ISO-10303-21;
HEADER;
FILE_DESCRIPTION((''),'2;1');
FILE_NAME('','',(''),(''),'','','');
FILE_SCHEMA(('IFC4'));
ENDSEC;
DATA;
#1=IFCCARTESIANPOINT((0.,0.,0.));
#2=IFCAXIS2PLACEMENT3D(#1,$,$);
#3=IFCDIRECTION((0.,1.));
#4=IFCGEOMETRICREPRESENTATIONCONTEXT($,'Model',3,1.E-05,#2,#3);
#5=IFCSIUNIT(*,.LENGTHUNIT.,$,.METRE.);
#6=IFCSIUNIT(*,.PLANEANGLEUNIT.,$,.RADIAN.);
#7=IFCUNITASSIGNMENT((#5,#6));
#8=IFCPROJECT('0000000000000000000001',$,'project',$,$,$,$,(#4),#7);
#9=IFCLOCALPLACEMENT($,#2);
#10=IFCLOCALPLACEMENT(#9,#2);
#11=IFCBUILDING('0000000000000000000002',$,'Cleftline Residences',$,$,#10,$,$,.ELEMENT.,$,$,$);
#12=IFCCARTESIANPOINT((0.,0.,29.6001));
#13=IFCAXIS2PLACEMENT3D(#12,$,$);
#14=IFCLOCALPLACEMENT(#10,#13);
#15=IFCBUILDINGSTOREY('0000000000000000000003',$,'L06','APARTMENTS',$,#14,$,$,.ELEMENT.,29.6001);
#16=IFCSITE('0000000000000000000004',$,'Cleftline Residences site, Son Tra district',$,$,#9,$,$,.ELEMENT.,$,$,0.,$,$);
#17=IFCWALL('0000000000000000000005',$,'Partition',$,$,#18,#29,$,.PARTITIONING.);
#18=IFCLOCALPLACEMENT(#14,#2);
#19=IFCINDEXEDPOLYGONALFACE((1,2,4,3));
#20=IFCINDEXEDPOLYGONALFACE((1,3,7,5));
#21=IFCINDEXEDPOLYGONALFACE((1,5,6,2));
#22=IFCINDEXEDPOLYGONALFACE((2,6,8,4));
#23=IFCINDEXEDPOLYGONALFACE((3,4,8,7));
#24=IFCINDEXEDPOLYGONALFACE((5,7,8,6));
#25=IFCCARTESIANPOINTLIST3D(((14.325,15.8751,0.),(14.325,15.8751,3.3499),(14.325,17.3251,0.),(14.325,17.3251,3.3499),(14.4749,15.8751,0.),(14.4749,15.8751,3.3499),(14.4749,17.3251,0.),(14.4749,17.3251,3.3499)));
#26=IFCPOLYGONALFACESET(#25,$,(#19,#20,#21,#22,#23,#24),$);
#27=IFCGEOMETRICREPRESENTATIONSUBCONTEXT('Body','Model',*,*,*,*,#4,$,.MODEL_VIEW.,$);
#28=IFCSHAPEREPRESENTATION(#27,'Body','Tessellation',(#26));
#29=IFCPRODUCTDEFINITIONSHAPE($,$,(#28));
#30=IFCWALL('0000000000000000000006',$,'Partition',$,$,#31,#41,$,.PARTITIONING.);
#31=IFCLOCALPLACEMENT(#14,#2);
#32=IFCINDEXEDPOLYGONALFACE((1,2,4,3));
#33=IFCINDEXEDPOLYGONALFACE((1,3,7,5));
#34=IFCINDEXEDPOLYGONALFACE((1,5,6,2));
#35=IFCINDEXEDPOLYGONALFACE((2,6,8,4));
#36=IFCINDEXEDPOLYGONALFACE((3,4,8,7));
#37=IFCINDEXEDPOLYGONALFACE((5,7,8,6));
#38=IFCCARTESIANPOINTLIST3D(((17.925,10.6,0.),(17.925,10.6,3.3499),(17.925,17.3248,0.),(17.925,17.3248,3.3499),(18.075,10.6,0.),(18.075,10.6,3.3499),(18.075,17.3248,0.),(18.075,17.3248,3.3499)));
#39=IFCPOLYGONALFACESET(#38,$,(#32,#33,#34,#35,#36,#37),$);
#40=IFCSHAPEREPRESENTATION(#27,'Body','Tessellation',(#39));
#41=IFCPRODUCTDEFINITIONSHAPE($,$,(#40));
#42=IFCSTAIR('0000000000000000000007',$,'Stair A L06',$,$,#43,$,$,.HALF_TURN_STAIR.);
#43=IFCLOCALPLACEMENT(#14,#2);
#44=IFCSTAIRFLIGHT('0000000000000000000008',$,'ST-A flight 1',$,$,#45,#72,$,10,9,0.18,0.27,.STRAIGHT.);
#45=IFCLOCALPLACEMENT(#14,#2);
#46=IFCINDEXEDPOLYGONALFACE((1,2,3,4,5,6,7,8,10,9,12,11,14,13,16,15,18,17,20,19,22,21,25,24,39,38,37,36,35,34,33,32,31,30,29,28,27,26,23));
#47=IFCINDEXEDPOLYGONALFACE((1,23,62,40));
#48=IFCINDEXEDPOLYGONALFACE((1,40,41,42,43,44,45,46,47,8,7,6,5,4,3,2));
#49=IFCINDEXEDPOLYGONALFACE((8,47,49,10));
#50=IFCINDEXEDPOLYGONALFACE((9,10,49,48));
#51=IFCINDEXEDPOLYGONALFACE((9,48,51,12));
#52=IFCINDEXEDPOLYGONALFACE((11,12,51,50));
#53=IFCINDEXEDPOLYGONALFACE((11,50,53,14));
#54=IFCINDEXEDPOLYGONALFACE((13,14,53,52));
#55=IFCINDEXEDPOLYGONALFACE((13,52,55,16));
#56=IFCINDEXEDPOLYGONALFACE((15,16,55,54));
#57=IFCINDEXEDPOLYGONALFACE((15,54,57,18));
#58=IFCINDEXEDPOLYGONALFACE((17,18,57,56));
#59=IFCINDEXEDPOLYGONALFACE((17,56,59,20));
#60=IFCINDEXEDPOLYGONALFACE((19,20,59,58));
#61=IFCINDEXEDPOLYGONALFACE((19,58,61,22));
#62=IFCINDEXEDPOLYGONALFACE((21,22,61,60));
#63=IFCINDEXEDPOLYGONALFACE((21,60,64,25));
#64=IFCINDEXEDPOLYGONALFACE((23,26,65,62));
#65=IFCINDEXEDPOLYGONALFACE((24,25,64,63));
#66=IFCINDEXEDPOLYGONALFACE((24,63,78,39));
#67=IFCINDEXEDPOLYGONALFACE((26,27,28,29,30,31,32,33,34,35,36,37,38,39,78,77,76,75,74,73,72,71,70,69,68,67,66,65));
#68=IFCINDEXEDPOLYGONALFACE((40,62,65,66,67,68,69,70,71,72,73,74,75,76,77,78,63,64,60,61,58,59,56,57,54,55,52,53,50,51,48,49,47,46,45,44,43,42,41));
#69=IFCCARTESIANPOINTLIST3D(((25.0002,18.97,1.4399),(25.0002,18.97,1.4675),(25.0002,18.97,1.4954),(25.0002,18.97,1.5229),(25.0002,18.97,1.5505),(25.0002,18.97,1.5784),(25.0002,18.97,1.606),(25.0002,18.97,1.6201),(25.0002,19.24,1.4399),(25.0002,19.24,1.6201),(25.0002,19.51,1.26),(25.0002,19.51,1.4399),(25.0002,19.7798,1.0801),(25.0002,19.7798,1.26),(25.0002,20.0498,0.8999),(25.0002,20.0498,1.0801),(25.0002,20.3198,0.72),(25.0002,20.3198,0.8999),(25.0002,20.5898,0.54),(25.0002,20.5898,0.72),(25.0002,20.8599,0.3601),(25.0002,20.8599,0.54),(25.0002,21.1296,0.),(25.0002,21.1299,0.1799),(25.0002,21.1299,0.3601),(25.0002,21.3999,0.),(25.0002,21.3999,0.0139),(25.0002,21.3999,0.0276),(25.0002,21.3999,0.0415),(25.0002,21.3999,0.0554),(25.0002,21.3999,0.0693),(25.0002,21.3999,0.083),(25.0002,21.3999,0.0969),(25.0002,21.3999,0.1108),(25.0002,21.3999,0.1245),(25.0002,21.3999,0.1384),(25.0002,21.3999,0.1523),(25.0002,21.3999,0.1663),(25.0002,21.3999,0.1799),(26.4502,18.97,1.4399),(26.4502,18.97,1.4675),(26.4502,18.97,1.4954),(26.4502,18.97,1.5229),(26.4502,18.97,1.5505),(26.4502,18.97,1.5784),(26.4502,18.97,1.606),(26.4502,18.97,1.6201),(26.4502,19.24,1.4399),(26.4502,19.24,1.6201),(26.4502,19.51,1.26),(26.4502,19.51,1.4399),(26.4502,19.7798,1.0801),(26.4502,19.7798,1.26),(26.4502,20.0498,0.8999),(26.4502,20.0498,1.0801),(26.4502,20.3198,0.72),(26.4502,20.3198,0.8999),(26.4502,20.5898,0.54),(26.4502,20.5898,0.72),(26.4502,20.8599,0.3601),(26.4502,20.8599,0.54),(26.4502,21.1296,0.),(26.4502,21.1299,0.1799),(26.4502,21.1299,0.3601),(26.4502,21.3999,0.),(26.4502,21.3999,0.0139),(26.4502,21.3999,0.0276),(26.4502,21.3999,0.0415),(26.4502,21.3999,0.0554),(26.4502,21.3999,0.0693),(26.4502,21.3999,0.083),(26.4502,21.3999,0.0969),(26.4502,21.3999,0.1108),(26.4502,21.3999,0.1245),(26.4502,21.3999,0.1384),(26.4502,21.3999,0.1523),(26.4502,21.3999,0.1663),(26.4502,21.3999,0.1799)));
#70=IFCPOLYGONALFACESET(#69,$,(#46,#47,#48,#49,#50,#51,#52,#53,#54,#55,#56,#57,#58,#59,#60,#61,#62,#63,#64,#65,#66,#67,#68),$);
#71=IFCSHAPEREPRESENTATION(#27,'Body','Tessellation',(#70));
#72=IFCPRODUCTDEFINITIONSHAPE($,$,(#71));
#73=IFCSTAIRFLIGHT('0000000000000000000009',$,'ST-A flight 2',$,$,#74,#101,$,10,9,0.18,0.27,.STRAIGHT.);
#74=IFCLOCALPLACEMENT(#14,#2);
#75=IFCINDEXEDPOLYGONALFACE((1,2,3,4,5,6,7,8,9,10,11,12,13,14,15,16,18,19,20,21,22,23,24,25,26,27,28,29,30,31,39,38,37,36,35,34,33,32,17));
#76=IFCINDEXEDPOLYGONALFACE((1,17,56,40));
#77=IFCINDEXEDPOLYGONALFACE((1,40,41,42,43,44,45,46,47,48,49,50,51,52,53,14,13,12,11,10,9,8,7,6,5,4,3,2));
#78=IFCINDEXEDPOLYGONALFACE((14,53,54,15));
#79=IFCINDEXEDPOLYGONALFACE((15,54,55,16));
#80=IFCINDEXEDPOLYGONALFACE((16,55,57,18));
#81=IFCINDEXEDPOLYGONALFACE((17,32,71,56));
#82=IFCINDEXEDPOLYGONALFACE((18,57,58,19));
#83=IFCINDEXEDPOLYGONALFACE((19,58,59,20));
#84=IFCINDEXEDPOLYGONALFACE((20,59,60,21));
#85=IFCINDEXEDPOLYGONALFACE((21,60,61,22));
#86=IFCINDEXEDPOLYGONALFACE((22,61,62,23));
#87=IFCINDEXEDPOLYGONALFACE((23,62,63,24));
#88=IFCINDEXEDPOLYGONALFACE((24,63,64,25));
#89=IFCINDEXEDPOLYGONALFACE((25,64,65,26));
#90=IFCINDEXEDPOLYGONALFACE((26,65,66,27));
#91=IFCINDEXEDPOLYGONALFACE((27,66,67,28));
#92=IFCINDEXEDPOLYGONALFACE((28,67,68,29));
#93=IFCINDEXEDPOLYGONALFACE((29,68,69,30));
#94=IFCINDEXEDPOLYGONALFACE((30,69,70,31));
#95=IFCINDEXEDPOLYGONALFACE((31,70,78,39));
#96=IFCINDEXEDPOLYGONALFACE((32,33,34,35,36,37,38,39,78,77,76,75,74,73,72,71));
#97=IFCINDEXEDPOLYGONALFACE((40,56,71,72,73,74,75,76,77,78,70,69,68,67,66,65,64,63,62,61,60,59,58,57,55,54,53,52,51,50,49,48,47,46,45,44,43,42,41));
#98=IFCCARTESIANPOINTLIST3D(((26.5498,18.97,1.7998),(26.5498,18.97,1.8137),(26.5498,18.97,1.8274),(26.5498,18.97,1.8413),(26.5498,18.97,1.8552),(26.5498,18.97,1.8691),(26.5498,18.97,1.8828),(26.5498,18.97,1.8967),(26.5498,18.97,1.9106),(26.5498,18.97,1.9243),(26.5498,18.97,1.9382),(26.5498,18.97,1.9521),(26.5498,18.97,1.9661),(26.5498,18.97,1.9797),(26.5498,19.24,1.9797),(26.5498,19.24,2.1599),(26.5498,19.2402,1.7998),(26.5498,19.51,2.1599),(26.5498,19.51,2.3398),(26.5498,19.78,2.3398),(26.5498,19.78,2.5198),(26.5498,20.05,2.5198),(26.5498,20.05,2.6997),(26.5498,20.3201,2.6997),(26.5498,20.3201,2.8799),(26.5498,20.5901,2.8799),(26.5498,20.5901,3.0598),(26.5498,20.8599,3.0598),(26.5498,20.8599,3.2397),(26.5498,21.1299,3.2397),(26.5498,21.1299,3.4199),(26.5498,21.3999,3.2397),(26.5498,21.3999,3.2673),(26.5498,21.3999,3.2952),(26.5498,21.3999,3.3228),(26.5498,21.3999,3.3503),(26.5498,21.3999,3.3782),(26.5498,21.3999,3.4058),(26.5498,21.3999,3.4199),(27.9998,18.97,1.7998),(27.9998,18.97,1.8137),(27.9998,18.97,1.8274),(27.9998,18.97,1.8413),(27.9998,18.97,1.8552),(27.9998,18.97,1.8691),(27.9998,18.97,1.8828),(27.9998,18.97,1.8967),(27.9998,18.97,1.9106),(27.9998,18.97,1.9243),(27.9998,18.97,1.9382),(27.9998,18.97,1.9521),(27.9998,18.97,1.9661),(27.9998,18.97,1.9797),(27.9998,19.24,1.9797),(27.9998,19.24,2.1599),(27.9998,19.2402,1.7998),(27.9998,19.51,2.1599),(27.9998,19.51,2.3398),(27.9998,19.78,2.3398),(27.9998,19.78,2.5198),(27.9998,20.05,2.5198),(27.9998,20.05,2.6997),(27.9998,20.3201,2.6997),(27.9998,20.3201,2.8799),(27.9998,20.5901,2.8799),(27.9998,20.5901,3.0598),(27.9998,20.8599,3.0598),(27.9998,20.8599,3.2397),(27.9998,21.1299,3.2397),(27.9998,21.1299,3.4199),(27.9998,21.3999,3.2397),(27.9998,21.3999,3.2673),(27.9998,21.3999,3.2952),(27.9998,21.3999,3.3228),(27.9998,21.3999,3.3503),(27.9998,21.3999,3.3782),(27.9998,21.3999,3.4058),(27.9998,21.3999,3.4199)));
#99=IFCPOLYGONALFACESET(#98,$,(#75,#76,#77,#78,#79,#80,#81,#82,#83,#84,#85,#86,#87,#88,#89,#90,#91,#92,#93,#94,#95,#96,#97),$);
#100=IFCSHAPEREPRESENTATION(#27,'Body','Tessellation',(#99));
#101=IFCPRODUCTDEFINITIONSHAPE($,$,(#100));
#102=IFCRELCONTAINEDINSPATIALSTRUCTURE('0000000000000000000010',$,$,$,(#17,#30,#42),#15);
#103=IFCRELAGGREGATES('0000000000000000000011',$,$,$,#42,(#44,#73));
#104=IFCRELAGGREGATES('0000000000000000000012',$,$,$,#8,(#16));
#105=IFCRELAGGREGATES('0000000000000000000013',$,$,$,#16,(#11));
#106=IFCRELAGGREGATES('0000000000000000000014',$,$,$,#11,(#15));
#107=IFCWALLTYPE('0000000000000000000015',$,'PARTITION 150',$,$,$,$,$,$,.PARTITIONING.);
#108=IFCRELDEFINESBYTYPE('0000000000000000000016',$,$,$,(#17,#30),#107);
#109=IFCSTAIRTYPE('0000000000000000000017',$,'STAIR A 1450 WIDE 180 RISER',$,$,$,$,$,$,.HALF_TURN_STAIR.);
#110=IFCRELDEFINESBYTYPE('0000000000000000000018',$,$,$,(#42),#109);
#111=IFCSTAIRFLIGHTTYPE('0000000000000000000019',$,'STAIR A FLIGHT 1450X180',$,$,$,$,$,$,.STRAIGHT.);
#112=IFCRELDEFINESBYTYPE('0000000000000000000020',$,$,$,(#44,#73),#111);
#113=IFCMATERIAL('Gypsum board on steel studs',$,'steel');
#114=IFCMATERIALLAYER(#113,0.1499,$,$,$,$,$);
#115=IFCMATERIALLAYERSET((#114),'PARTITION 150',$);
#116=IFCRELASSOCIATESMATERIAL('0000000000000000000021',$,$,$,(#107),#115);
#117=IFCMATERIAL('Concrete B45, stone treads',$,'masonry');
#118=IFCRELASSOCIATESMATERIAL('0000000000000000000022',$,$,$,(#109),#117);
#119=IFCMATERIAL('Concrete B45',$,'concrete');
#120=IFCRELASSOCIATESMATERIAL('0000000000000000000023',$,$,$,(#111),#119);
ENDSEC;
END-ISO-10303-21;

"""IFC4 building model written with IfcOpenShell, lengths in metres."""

from ifc_helpers import new_model, si_unit, direction, frame, frame_2d, origin, place, context, subcontext, project, spatial, polyline, rectangle, outline, extrude, material, layer, layer_set, type_object, element, aggregate, save


model = new_model("IFC4")

# Units and contexts
model_context = context("Model", 3, precision=1e-05, world=origin(), true_north=direction((0.0, 1.0)))
body_context = subcontext(model_context, "Body", "Model", "MODEL_VIEW")
ifc_project = project(units=[si_unit("LENGTHUNIT", "METRE"), si_unit("PLANEANGLEUNIT", "RADIAN")], contexts=[model_context])

# Site, building, storey
site_placement = place(None, origin())
site = spatial("IfcSite", under=ifc_project, at=site_placement, Name="Cleftline Residences site, Son Tra district", CompositionType="ELEMENT", RefElevation=0.0)
building_placement = place(site_placement, origin())
building = spatial("IfcBuilding", under=site, at=building_placement, Name="Cleftline Residences", CompositionType="ELEMENT")
storey_placement = place(building_placement, frame((0.0, 0.0, 29.6001)))
storey = spatial("IfcBuildingStorey", under=building, at=storey_placement, Name="L06", Description="APARTMENTS", CompositionType="ELEMENT", Elevation=29.6001)

# Shared definitions
ifc_material_1 = material(Name="Gypsum board on steel studs", Category="steel")
ifc_layer_1 = layer(ifc_material_1, 0.1499)
ifc_layer_set_1 = layer_set([ifc_layer_1], Name="PARTITION 150")
wall_type_1 = type_object("IfcWallType", Name="PARTITION 150", PredefinedType="PARTITIONING", material=ifc_layer_set_1)

# Walls
wall_1_placement = place(storey_placement, frame((14.3999, 15.875, 0.0), z_axis=(0.0, 0.0, 1.0), x_axis=(0.0, 1.0, 0.0)))
element("IfcWall", 1, at=wall_1_placement, inside=storey, type_object=wall_type_1, Name="Partition", PredefinedType="PARTITIONING", context=body_context, shape_type="SweptSolid", body=[
    extrude(rectangle(XDim=1.45, YDim=0.1499, at=frame_2d((0.7251, 0.0))), origin(), (0.0, 0.0, 1.0), 3.3499),
])
wall_2_placement = place(storey_placement, frame((18.0, 10.6001, 0.0), z_axis=(0.0, 0.0, 1.0), x_axis=(0.0, 1.0, 0.0)))
element("IfcWall", 2, at=wall_2_placement, inside=storey, type_object=wall_type_1, Name="Partition", PredefinedType="PARTITIONING", context=body_context, shape_type="SweptSolid", body=[
    extrude(rectangle(XDim=6.7249, YDim=0.1499, at=frame_2d((3.3623, 0.0))), origin(), (0.0, 0.0, 1.0), 3.3499),
])

# Stair, stair flights
ifc_material_2 = material(Name="Concrete B45, stone treads", Category="masonry")
stair_type = type_object("IfcStairType", Name="STAIR A 1450 WIDE 180 RISER", PredefinedType="HALF_TURN_STAIR", material=ifc_material_2)
stair_placement = place(storey_placement, origin())
stair = element("IfcStair", 3, at=stair_placement, inside=storey, type_object=stair_type, Name="Stair A L06", PredefinedType="HALF_TURN_STAIR")
ifc_material_3 = material(Name="Concrete B45", Category="concrete")
stair_flight_type = type_object("IfcStairFlightType", Name="STAIR A FLIGHT 1450X180", PredefinedType="STRAIGHT", material=ifc_material_3)
stair_flight_1_placement = place(storey_placement, frame((25.7251, 21.3999, 0.0), z_axis=(0.0, 0.0, 1.0), x_axis=(0.0, -1.0, 0.0)))
stair_flight_1 = element("IfcStairFlight", 4, at=stair_flight_1_placement, type_object=stair_flight_type, Name="ST-A flight 1", NumberOfRisers=10, NumberOfTreads=9, PredefinedType="STRAIGHT", RiserHeight=0.18, TreadLength=0.27, context=body_context, shape_type="SweptSolid", body=[
    extrude(outline(polyline([(0.0, 0.0), (0.0, 0.0139), (0.0, 0.0276), (0.0, 0.0415), (0.0, 0.0554), (0.0, 0.0693), (0.0, 0.083), (0.0, 0.0969), (0.0, 0.1108), (0.0, 0.1245), (0.0, 0.1384), (0.0, 0.1523), (0.0, 0.1663), (0.0, 0.1799), (0.27, 0.1799), (0.27, 0.3601), (0.54, 0.3601), (0.54, 0.54), (0.8101, 0.54), (0.8101, 0.72), (1.0801, 0.72), (1.0801, 0.8999), (1.3501, 0.8999), (1.3501, 1.0801), (1.6201, 1.0801), (1.6201, 1.26), (1.8899, 1.26), (1.8899, 1.4399), (2.1599, 1.4399), (2.1599, 1.6201), (2.4299, 1.6201), (2.4299, 1.8), (2.4299, 1.7722), (2.4299, 1.7446), (2.4299, 1.7168), (2.4299, 1.6892), (2.4299, 1.6614), (2.4299, 1.6338), (2.4299, 1.606), (2.4299, 1.5784), (2.4299, 1.5505), (2.4299, 1.5229), (2.4299, 1.4954), (2.4299, 1.4675), (2.4299, 1.4399), (0.2703, 0.0), (0.0, 0.0)])), frame((0.0, 0.7251, 0.0), z_axis=(0.0, -1.0, 0.0), x_axis=(1.0, 0.0, 0.0)), (0.0, 0.0, 1.0), 1.45),
])
stair_flight_2_placement = place(storey_placement, frame((27.2749, 18.97, 1.7998), z_axis=(0.0, 0.0, 1.0), x_axis=(0.0, 1.0, 0.0)))
stair_flight_2 = element("IfcStairFlight", 5, at=stair_flight_2_placement, type_object=stair_flight_type, Name="ST-A flight 2", NumberOfRisers=10, NumberOfTreads=9, PredefinedType="STRAIGHT", RiserHeight=0.18, TreadLength=0.27, context=body_context, shape_type="SweptSolid", body=[
    extrude(outline(polyline([(0.0, 0.0), (0.0, 0.0139), (0.0, 0.0276), (0.0, 0.0415), (0.0, 0.0554), (0.0, 0.0693), (0.0, 0.083), (0.0, 0.0969), (0.0, 0.1108), (0.0, 0.1245), (0.0, 0.1384), (0.0, 0.1523), (0.0, 0.1663), (0.0, 0.1799), (0.27, 0.1799), (0.27, 0.3601), (0.54, 0.3601), (0.54, 0.54), (0.8101, 0.54), (0.8101, 0.72), (1.0801, 0.72), (1.0801, 0.8999), (1.3501, 0.8999), (1.3501, 1.0801), (1.6201, 1.0801), (1.6201, 1.26), (1.8899, 1.26), (1.8899, 1.4399), (2.1599, 1.4399), (2.1599, 1.6201), (2.4299, 1.6201), (2.4299, 1.8), (2.4299, 1.7722), (2.4299, 1.7446), (2.4299, 1.7168), (2.4299, 1.6892), (2.4299, 1.6614), (2.4299, 1.6338), (2.4299, 1.606), (2.4299, 1.5784), (2.4299, 1.5505), (2.4299, 1.5229), (2.4299, 1.4954), (2.4299, 1.4675), (2.4299, 1.4399), (0.2703, 0.0), (0.0, 0.0)])), frame((0.0, 0.7251, 0.0), z_axis=(0.0, -1.0, 0.0), x_axis=(1.0, 0.0, 0.0)), (0.0, 0.0, 1.0), 1.45),
])
aggregate(stair, [stair_flight_1, stair_flight_2])

save(model, "model.ifc")
